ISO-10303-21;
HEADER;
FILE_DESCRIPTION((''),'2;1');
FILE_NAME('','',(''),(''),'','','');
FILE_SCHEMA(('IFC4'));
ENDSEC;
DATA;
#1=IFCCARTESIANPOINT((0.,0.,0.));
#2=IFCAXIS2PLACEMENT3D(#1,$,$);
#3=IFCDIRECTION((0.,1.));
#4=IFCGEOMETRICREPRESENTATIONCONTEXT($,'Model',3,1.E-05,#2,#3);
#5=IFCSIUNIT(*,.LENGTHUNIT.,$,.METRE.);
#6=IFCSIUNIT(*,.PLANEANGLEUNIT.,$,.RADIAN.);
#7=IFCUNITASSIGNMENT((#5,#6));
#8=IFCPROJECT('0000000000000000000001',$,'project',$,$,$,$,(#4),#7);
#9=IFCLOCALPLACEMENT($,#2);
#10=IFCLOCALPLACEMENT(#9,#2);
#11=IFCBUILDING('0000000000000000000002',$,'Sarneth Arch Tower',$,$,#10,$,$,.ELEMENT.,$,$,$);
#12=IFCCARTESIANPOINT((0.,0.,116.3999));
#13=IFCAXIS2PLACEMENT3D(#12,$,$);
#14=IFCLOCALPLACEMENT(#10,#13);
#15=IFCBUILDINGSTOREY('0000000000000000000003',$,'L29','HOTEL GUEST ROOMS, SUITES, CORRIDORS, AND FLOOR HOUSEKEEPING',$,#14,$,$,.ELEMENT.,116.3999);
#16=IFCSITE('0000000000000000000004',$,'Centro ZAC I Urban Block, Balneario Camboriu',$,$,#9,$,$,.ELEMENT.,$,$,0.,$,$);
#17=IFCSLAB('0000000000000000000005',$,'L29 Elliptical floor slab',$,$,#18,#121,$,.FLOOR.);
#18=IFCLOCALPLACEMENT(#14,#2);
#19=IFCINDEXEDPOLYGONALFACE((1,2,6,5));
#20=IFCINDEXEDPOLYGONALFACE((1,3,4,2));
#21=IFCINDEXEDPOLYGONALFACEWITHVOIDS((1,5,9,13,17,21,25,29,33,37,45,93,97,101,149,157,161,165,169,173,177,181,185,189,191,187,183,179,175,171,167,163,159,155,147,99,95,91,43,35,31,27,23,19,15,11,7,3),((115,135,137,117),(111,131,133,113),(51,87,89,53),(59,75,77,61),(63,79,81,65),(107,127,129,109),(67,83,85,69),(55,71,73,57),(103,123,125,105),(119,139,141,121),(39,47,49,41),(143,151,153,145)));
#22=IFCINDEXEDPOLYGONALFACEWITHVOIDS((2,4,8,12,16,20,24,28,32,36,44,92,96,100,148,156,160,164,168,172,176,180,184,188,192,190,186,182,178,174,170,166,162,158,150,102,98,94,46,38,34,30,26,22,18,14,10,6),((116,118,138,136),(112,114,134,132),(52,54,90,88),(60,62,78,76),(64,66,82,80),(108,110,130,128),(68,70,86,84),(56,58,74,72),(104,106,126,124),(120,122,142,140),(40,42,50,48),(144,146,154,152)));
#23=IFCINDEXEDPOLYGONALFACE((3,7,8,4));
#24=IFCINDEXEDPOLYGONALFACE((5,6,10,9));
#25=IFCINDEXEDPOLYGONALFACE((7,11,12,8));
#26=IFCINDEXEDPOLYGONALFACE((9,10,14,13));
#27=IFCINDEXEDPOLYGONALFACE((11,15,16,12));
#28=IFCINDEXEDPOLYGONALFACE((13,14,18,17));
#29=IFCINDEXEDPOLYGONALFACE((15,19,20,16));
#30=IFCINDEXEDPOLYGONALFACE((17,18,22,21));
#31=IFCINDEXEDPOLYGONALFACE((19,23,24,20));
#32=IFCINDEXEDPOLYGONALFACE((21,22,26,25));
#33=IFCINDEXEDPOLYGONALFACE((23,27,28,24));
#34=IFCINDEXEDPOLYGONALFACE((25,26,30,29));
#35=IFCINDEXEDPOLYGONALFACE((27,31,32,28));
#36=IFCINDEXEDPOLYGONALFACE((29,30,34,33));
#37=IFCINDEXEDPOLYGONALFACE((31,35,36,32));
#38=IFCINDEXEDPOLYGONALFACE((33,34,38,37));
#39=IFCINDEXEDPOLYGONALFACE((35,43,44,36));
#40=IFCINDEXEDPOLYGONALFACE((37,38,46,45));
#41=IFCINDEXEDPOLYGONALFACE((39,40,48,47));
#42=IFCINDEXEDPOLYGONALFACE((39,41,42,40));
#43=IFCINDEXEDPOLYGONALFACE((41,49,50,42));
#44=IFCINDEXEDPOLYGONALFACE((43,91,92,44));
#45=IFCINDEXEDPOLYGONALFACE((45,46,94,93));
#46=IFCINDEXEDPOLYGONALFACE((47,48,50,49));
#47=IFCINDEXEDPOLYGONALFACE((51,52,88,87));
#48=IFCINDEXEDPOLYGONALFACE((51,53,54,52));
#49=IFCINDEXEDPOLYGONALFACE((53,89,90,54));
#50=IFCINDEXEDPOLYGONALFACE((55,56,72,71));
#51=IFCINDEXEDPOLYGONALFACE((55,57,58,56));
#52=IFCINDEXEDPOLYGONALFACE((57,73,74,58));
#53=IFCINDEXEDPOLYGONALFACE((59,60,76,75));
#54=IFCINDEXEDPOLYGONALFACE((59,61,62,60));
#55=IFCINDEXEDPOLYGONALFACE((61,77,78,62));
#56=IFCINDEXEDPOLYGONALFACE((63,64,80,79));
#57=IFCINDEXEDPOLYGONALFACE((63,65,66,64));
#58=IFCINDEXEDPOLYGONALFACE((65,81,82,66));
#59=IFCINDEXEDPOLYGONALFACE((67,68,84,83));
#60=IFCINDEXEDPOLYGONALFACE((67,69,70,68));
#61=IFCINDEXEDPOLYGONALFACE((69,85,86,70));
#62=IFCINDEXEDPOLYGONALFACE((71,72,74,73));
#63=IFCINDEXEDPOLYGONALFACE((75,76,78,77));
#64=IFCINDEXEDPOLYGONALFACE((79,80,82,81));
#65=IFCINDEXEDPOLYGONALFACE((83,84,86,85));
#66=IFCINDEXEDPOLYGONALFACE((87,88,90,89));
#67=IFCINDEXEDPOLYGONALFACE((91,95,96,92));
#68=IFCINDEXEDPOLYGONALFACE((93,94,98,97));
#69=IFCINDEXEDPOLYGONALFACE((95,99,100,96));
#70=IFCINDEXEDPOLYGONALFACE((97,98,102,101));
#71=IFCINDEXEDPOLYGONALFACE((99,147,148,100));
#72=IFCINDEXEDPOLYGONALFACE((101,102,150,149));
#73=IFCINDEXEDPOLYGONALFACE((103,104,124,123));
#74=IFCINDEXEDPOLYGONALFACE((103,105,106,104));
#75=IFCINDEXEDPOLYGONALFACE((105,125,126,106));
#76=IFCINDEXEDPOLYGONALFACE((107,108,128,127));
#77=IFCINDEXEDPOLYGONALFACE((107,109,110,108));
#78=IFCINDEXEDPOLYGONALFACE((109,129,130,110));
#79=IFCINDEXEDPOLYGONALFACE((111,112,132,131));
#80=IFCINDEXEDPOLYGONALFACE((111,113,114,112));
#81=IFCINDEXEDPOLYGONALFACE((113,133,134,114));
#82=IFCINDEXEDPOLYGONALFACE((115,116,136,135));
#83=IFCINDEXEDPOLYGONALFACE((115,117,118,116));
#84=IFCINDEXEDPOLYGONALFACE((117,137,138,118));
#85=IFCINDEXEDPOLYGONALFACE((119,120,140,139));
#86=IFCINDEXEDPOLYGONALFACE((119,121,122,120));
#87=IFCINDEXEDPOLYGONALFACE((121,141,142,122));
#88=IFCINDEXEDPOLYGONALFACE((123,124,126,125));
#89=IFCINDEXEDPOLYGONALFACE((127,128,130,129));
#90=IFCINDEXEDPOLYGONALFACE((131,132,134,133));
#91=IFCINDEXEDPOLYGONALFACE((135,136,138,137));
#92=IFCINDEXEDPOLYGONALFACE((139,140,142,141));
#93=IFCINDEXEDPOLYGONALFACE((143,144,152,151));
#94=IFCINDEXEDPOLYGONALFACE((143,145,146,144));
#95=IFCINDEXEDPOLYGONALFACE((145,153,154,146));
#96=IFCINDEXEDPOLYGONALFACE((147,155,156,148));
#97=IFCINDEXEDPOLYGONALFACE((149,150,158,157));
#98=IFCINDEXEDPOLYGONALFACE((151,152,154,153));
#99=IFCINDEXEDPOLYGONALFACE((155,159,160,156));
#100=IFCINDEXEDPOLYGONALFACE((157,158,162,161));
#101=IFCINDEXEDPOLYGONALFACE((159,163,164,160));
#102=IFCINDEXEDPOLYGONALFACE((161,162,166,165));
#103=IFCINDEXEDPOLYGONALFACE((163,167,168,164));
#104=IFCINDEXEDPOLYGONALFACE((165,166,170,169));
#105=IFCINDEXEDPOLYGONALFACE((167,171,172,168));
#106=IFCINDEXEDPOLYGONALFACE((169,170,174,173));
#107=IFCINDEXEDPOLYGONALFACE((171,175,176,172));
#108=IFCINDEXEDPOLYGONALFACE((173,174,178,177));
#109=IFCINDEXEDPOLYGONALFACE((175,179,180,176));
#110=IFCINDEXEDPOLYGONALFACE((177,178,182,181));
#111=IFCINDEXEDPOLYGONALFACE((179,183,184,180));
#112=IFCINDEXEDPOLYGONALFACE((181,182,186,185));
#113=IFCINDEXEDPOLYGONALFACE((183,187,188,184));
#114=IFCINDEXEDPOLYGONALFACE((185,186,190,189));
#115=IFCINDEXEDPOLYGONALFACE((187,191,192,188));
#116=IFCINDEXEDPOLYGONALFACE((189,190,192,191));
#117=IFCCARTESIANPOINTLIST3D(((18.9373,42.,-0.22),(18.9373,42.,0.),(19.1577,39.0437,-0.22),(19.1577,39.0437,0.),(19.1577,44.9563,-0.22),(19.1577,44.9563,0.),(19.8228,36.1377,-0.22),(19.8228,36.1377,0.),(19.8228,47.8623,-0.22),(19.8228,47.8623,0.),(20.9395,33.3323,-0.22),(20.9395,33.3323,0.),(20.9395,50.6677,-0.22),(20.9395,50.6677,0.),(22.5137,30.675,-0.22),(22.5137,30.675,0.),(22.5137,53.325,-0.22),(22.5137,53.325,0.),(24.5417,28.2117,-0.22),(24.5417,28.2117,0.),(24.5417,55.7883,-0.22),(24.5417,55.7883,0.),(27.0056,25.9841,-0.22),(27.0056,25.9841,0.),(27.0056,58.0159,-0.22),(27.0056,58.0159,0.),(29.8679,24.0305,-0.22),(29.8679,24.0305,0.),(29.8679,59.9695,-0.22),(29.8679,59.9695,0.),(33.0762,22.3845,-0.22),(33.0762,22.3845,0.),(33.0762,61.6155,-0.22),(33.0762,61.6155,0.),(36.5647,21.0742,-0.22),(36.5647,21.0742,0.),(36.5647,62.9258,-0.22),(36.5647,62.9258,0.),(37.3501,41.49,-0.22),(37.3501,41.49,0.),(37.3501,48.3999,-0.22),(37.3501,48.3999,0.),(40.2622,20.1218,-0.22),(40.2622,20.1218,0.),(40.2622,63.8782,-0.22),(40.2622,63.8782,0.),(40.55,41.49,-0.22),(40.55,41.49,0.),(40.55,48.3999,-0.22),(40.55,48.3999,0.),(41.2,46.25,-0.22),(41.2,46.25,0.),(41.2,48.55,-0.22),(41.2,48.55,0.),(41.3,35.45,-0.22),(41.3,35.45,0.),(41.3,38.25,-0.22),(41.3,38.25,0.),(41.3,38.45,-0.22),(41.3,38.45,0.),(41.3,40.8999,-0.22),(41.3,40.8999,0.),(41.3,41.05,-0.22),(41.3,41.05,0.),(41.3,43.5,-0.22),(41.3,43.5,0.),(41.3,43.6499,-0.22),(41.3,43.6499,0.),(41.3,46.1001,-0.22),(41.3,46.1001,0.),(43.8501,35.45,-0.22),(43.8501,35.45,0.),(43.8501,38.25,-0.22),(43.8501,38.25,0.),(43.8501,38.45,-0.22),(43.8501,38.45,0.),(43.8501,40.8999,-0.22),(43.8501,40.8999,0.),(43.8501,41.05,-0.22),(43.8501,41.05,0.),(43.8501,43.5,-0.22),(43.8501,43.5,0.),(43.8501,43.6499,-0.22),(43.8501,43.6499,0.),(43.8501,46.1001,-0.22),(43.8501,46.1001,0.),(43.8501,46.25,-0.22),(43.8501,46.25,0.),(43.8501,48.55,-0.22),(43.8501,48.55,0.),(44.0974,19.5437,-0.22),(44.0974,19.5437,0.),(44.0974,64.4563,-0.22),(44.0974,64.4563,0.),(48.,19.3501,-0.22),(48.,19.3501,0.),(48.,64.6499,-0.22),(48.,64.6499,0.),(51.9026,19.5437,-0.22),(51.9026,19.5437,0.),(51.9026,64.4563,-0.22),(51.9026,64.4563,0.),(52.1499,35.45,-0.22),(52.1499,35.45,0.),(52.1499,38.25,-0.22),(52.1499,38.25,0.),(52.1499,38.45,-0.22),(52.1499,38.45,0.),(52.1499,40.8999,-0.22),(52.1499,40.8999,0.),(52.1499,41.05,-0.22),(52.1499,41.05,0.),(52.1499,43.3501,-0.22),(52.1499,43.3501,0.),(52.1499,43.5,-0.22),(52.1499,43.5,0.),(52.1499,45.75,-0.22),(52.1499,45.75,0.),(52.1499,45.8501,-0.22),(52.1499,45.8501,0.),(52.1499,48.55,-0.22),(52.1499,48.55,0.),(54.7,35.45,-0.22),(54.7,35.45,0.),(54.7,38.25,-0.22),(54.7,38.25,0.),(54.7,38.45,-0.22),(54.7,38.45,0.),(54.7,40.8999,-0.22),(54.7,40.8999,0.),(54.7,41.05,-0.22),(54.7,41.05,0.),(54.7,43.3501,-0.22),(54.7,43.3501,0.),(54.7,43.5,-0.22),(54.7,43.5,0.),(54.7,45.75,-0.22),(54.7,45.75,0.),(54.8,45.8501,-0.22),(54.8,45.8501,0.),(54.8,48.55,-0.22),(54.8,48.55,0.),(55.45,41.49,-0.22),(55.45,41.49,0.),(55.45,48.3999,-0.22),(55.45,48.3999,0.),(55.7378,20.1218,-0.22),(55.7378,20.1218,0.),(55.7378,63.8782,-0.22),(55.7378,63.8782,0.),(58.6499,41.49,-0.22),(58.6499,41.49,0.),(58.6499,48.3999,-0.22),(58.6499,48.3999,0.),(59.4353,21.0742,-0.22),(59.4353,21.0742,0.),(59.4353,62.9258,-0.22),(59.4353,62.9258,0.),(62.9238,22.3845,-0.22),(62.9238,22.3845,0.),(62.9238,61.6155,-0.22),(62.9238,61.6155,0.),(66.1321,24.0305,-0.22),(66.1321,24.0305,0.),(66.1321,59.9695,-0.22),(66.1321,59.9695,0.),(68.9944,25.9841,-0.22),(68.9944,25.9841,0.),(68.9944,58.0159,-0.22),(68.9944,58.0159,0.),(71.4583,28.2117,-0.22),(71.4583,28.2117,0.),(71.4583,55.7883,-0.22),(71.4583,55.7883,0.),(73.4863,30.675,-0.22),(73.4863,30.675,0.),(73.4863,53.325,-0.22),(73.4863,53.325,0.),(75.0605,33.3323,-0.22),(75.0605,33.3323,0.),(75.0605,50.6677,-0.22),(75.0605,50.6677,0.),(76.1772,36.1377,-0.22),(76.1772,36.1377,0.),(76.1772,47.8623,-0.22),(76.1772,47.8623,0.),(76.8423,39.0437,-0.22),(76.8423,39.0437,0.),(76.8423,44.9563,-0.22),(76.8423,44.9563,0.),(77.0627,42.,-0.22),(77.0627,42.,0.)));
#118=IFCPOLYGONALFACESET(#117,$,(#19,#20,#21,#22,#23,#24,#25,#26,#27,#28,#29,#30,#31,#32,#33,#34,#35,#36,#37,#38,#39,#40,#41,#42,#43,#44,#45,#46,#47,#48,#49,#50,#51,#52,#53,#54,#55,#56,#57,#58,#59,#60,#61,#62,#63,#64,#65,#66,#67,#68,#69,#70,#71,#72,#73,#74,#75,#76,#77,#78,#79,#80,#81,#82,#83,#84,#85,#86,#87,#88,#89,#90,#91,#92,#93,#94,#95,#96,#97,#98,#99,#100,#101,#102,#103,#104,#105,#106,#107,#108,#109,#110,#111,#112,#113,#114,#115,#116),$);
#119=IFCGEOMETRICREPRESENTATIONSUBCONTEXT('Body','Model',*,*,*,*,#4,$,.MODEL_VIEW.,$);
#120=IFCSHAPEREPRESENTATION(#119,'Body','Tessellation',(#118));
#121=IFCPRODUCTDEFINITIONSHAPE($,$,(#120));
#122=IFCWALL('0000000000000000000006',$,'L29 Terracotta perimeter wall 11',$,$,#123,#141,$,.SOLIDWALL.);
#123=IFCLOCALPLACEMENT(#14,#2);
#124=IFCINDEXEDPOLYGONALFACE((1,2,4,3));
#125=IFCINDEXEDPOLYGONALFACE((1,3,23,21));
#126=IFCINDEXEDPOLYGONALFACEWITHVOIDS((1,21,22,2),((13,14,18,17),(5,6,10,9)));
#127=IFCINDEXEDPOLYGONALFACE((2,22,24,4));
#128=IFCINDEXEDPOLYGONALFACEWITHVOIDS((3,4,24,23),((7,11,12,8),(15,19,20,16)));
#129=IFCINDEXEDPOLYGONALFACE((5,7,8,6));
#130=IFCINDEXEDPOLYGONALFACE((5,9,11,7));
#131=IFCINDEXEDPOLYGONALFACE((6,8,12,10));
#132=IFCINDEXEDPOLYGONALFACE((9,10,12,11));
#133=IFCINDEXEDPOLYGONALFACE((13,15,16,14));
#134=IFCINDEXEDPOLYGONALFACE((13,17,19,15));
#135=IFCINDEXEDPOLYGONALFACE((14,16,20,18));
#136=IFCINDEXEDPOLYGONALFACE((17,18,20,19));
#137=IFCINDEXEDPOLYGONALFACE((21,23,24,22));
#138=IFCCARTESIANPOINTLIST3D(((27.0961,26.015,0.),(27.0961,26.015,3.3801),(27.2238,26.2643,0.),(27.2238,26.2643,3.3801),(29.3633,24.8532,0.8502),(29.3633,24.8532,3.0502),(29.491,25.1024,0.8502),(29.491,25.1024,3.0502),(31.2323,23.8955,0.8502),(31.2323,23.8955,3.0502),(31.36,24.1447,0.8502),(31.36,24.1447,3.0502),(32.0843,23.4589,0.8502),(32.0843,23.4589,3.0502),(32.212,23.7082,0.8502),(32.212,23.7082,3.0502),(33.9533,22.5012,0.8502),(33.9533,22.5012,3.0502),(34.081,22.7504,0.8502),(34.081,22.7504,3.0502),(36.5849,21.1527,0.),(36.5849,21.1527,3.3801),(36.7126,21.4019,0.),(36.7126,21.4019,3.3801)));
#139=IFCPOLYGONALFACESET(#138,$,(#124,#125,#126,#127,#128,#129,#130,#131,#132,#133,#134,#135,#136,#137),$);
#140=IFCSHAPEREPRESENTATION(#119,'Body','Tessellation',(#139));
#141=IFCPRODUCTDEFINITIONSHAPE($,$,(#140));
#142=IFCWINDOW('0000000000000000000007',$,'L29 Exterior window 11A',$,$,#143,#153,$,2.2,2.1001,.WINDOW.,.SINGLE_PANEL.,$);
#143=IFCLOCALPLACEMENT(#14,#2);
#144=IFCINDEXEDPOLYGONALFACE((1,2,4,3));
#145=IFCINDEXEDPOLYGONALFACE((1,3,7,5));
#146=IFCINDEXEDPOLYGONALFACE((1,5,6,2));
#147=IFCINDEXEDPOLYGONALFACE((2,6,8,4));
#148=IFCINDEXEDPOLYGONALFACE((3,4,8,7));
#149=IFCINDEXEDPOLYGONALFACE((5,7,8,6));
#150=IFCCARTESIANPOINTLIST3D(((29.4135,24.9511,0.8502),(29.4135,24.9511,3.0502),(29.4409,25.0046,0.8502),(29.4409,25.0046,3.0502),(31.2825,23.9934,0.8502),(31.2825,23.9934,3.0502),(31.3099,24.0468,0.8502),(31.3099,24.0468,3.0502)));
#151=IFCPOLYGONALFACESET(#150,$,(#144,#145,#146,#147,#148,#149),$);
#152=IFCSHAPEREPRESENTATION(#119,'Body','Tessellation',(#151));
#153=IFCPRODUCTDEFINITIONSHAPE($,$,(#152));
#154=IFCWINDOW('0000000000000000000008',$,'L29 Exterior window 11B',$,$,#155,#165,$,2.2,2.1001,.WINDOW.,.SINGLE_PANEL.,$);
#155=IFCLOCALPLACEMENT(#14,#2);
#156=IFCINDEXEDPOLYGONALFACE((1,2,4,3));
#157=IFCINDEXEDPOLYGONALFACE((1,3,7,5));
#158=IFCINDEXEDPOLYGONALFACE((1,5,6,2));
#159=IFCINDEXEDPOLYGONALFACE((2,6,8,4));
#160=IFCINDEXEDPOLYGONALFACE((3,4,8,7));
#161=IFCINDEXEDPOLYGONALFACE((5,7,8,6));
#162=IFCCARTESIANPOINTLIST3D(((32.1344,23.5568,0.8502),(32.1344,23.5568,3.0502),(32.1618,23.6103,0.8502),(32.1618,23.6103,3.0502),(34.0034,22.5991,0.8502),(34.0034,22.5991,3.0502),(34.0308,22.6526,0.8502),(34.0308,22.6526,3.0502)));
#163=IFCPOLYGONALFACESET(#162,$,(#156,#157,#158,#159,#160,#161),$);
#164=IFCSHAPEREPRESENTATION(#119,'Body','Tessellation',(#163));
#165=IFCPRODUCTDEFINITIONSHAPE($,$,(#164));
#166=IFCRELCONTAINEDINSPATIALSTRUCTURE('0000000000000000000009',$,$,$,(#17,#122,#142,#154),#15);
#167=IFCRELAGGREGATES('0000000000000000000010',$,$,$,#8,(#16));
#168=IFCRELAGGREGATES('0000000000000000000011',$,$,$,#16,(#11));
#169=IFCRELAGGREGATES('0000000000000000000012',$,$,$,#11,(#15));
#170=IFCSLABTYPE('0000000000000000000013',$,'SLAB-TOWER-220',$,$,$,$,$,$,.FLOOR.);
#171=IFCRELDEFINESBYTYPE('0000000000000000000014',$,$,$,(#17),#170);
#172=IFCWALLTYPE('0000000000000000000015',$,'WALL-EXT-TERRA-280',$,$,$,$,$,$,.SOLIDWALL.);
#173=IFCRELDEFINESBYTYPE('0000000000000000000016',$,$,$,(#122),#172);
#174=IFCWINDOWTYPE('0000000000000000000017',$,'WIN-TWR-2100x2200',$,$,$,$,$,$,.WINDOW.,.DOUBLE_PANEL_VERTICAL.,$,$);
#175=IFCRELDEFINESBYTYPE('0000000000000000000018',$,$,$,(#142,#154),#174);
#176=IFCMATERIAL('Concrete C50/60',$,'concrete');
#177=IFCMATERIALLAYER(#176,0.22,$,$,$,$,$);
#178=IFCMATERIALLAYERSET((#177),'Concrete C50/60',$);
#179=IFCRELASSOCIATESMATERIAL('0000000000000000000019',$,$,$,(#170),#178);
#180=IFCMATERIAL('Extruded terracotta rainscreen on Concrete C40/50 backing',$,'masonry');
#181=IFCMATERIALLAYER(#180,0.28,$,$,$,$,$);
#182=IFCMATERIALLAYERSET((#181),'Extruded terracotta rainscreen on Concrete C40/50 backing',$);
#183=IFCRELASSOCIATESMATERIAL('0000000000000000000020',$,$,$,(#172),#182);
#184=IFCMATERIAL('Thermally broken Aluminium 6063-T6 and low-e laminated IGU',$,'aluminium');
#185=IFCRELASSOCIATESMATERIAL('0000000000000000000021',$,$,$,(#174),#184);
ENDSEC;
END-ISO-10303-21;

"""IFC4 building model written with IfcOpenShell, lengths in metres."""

from ifc_helpers import new_model, si_unit, direction, frame, frame_2d, origin, place, context, subcontext, project, spatial, polyline, rectangle, outline, extrude, material, layer, layer_set, type_object, element, fill, save


model = new_model("IFC4")

# Units and contexts
model_context = context("Model", 3, precision=1e-05, world=origin(), true_north=direction((0.0, 1.0)))
body_context = subcontext(model_context, "Body", "Model", "MODEL_VIEW")
ifc_project = project(units=[si_unit("LENGTHUNIT", "METRE"), si_unit("PLANEANGLEUNIT", "RADIAN")], contexts=[model_context])

# Site, building, storey
site_placement = place(None, origin())
site = spatial("IfcSite", under=ifc_project, at=site_placement, Name="Centro ZAC I Urban Block, Balneario Camboriu", CompositionType="ELEMENT", RefElevation=0.0)
building_placement = place(site_placement, origin())
building = spatial("IfcBuilding", under=site, at=building_placement, Name="Sarneth Arch Tower", CompositionType="ELEMENT")
storey_placement = place(building_placement, frame((0.0, 0.0, 116.3999)))
storey = spatial("IfcBuildingStorey", under=building, at=storey_placement, Name="L29", Description="HOTEL GUEST ROOMS, SUITES, CORRIDORS, AND FLOOR HOUSEKEEPING", CompositionType="ELEMENT", Elevation=116.3999)

# Slab
ifc_material_1 = material(Name="Concrete C50/60", Category="concrete")
ifc_layer_1 = layer(ifc_material_1, 0.22)
ifc_layer_set_1 = layer_set([ifc_layer_1], Name="Concrete C50/60")
slab_type_1 = type_object("IfcSlabType", Name="SLAB-TOWER-220", PredefinedType="FLOOR", material=ifc_layer_set_1)
slab_1_placement = place(storey_placement, frame((0.0, 0.0, -0.22)))
element("IfcSlab", 1, at=slab_1_placement, inside=storey, type_object=slab_type_1, Name="L29 Elliptical floor slab", PredefinedType="FLOOR", context=body_context, shape_type="SweptSolid", body=[
    extrude(outline(polyline([(77.0627, 42.0), (76.8423, 44.9563), (76.1772, 47.8623), (75.0605, 50.6677), (73.4863, 53.325), (71.4583, 55.7883), (68.9944, 58.0159), (66.1321, 59.9695), (62.9238, 61.6155), (59.4353, 62.9258), (55.7378, 63.8782), (51.9026, 64.4563), (48.0, 64.6499), (44.0974, 64.4563), (40.2622, 63.8782), (36.5647, 62.9258), (33.0762, 61.6155), (29.8679, 59.9695), (27.0056, 58.0159), (24.5417, 55.7883), (22.5137, 53.325), (20.9395, 50.6677), (19.8228, 47.8623), (19.1577, 44.9563), (18.9373, 42.0), (19.1577, 39.0437), (19.8228, 36.1377), (20.9395, 33.3323), (22.5137, 30.675), (24.5417, 28.2117), (27.0056, 25.9841), (29.8679, 24.0305), (33.0762, 22.3845), (36.5647, 21.0742), (40.2622, 20.1218), (44.0974, 19.5437), (48.0, 19.3501), (51.9026, 19.5437), (55.7378, 20.1218), (59.4353, 21.0742), (62.9238, 22.3845), (66.1321, 24.0305), (68.9944, 25.9841), (71.4583, 28.2117), (73.4863, 30.675), (75.0605, 33.3323), (76.1772, 36.1377), (76.8423, 39.0437), (77.0627, 42.0)]), holes=[polyline([(37.3501, 41.49), (40.55, 41.49), (40.55, 48.3999), (37.3501, 48.3999), (37.3501, 41.49)]), polyline([(55.45, 41.49), (58.6499, 41.49), (58.6499, 48.3999), (55.45, 48.3999), (55.45, 41.49)]), polyline([(41.2, 46.25), (43.8501, 46.25), (43.8501, 48.55), (41.2, 48.55), (41.2, 46.25)]), polyline([(41.3, 35.45), (43.8501, 35.45), (43.8501, 38.25), (41.3, 38.25), (41.3, 35.45)]), polyline([(52.1499, 35.45), (54.7, 35.45), (54.7, 38.25), (52.1499, 38.25), (52.1499, 35.45)]), polyline([(52.1499, 45.8501), (54.8, 45.8501), (54.8, 48.55), (52.1499, 48.55), (52.1499, 45.8501)]), polyline([(41.3, 38.45), (43.8501, 38.45), (43.8501, 40.8999), (41.3, 40.8999), (41.3, 38.45)]), polyline([(41.3, 41.05), (43.8501, 41.05), (43.8501, 43.5), (41.3, 43.5), (41.3, 41.05)]), polyline([(41.3, 43.6499), (43.8501, 43.6499), (43.8501, 46.1001), (41.3, 46.1001), (41.3, 43.6499)]), polyline([(52.1499, 38.45), (54.7, 38.45), (54.7, 40.8999), (52.1499, 40.8999), (52.1499, 38.45)]), polyline([(52.1499, 41.05), (54.7, 41.05), (54.7, 43.3501), (52.1499, 43.3501), (52.1499, 41.05)]), polyline([(52.1499, 43.5), (54.7, 43.5), (54.7, 45.75), (52.1499, 45.75), (52.1499, 43.5)])]), origin(), (0.0, 0.0, 1.0), 0.22),
])

# Wall, openings, windows
ifc_material_2 = material(Name="Extruded terracotta rainscreen on Concrete C40/50 backing", Category="masonry")
ifc_layer_2 = layer(ifc_material_2, 0.28)
ifc_layer_set_2 = layer_set([ifc_layer_2], Name="Extruded terracotta rainscreen on Concrete C40/50 backing")
wall_type_1 = type_object("IfcWallType", Name="WALL-EXT-TERRA-280", PredefinedType="SOLIDWALL", material=ifc_layer_set_2)
wall_1_placement = place(storey_placement, frame((27.1599, 26.1396, 0.0), z_axis=(0.0, 0.0, 1.0), x_axis=(0.88996, -0.45604, 0.0)))
wall_1 = element("IfcWall", 2, at=wall_1_placement, inside=storey, type_object=wall_type_1, Name="L29 Terracotta perimeter wall 11", PredefinedType="SOLIDWALL", context=body_context, shape_type="SweptSolid", body=[
    extrude(rectangle(XDim=10.6621, YDim=0.28, at=frame_2d((5.3311, 0.0))), origin(), (0.0, 0.0, 1.0), 3.3801),
])
opening_1_placement = place(wall_1_placement, frame((2.5476, 0.0, 0.8501)))
opening_1 = element("IfcOpeningElement", 3, at=opening_1_placement, cuts=wall_1, PredefinedType="OPENING", context=body_context, shape_type="SweptSolid", body=[
    extrude(rectangle(XDim=2.1001, YDim=2.2, at=frame_2d((1.05, 1.1001))), frame((0.0, 0.1499, 0.0), z_axis=(0.0, -1.0, 0.0), x_axis=(1.0, 0.0, 0.0)), (0.0, 0.0, 1.0), 0.3),
])
opening_2_placement = place(wall_1_placement, frame((5.605, 0.0, 0.8501)))
opening_2 = element("IfcOpeningElement", 4, at=opening_2_placement, cuts=wall_1, PredefinedType="OPENING", context=body_context, shape_type="SweptSolid", body=[
    extrude(rectangle(XDim=2.1001, YDim=2.2, at=frame_2d((1.05, 1.1001))), frame((0.0, 0.1499, 0.0), z_axis=(0.0, -1.0, 0.0), x_axis=(1.0, 0.0, 0.0)), (0.0, 0.0, 1.0), 0.3),
])
ifc_material_3 = material(Name="Thermally broken Aluminium 6063-T6 and low-e laminated IGU", Category="aluminium")
window_type = type_object("IfcWindowType", Name="WIN-TWR-2100x2200", PartitioningType="DOUBLE_PANEL_VERTICAL", PredefinedType="WINDOW", material=ifc_material_3)
window_1_placement = place(opening_1_placement, origin())
window_1 = element("IfcWindow", 5, at=window_1_placement, inside=storey, type_object=window_type, Name="L29 Exterior window 11A", OverallHeight=2.2, OverallWidth=2.1001, PartitioningType="SINGLE_PANEL", PredefinedType="WINDOW", context=body_context, shape_type="SweptSolid", body=[
    extrude(rectangle(XDim=2.1001, YDim=2.2, at=frame_2d((1.05, 1.1001))), frame((0.0, 0.03, 0.0), z_axis=(0.0, -1.0, 0.0), x_axis=(1.0, 0.0, 0.0)), (0.0, 0.0, 1.0), 0.0601),
])
fill(opening_1, window_1)
window_2_placement = place(opening_2_placement, origin())
window_2 = element("IfcWindow", 6, at=window_2_placement, inside=storey, type_object=window_type, Name="L29 Exterior window 11B", OverallHeight=2.2, OverallWidth=2.1001, PartitioningType="SINGLE_PANEL", PredefinedType="WINDOW", context=body_context, shape_type="SweptSolid", body=[
    extrude(rectangle(XDim=2.1001, YDim=2.2, at=frame_2d((1.05, 1.1001))), frame((0.0, 0.03, 0.0), z_axis=(0.0, -1.0, 0.0), x_axis=(1.0, 0.0, 0.0)), (0.0, 0.0, 1.0), 0.0601),
])
fill(opening_2, window_2)

save(model, "model.ifc")
